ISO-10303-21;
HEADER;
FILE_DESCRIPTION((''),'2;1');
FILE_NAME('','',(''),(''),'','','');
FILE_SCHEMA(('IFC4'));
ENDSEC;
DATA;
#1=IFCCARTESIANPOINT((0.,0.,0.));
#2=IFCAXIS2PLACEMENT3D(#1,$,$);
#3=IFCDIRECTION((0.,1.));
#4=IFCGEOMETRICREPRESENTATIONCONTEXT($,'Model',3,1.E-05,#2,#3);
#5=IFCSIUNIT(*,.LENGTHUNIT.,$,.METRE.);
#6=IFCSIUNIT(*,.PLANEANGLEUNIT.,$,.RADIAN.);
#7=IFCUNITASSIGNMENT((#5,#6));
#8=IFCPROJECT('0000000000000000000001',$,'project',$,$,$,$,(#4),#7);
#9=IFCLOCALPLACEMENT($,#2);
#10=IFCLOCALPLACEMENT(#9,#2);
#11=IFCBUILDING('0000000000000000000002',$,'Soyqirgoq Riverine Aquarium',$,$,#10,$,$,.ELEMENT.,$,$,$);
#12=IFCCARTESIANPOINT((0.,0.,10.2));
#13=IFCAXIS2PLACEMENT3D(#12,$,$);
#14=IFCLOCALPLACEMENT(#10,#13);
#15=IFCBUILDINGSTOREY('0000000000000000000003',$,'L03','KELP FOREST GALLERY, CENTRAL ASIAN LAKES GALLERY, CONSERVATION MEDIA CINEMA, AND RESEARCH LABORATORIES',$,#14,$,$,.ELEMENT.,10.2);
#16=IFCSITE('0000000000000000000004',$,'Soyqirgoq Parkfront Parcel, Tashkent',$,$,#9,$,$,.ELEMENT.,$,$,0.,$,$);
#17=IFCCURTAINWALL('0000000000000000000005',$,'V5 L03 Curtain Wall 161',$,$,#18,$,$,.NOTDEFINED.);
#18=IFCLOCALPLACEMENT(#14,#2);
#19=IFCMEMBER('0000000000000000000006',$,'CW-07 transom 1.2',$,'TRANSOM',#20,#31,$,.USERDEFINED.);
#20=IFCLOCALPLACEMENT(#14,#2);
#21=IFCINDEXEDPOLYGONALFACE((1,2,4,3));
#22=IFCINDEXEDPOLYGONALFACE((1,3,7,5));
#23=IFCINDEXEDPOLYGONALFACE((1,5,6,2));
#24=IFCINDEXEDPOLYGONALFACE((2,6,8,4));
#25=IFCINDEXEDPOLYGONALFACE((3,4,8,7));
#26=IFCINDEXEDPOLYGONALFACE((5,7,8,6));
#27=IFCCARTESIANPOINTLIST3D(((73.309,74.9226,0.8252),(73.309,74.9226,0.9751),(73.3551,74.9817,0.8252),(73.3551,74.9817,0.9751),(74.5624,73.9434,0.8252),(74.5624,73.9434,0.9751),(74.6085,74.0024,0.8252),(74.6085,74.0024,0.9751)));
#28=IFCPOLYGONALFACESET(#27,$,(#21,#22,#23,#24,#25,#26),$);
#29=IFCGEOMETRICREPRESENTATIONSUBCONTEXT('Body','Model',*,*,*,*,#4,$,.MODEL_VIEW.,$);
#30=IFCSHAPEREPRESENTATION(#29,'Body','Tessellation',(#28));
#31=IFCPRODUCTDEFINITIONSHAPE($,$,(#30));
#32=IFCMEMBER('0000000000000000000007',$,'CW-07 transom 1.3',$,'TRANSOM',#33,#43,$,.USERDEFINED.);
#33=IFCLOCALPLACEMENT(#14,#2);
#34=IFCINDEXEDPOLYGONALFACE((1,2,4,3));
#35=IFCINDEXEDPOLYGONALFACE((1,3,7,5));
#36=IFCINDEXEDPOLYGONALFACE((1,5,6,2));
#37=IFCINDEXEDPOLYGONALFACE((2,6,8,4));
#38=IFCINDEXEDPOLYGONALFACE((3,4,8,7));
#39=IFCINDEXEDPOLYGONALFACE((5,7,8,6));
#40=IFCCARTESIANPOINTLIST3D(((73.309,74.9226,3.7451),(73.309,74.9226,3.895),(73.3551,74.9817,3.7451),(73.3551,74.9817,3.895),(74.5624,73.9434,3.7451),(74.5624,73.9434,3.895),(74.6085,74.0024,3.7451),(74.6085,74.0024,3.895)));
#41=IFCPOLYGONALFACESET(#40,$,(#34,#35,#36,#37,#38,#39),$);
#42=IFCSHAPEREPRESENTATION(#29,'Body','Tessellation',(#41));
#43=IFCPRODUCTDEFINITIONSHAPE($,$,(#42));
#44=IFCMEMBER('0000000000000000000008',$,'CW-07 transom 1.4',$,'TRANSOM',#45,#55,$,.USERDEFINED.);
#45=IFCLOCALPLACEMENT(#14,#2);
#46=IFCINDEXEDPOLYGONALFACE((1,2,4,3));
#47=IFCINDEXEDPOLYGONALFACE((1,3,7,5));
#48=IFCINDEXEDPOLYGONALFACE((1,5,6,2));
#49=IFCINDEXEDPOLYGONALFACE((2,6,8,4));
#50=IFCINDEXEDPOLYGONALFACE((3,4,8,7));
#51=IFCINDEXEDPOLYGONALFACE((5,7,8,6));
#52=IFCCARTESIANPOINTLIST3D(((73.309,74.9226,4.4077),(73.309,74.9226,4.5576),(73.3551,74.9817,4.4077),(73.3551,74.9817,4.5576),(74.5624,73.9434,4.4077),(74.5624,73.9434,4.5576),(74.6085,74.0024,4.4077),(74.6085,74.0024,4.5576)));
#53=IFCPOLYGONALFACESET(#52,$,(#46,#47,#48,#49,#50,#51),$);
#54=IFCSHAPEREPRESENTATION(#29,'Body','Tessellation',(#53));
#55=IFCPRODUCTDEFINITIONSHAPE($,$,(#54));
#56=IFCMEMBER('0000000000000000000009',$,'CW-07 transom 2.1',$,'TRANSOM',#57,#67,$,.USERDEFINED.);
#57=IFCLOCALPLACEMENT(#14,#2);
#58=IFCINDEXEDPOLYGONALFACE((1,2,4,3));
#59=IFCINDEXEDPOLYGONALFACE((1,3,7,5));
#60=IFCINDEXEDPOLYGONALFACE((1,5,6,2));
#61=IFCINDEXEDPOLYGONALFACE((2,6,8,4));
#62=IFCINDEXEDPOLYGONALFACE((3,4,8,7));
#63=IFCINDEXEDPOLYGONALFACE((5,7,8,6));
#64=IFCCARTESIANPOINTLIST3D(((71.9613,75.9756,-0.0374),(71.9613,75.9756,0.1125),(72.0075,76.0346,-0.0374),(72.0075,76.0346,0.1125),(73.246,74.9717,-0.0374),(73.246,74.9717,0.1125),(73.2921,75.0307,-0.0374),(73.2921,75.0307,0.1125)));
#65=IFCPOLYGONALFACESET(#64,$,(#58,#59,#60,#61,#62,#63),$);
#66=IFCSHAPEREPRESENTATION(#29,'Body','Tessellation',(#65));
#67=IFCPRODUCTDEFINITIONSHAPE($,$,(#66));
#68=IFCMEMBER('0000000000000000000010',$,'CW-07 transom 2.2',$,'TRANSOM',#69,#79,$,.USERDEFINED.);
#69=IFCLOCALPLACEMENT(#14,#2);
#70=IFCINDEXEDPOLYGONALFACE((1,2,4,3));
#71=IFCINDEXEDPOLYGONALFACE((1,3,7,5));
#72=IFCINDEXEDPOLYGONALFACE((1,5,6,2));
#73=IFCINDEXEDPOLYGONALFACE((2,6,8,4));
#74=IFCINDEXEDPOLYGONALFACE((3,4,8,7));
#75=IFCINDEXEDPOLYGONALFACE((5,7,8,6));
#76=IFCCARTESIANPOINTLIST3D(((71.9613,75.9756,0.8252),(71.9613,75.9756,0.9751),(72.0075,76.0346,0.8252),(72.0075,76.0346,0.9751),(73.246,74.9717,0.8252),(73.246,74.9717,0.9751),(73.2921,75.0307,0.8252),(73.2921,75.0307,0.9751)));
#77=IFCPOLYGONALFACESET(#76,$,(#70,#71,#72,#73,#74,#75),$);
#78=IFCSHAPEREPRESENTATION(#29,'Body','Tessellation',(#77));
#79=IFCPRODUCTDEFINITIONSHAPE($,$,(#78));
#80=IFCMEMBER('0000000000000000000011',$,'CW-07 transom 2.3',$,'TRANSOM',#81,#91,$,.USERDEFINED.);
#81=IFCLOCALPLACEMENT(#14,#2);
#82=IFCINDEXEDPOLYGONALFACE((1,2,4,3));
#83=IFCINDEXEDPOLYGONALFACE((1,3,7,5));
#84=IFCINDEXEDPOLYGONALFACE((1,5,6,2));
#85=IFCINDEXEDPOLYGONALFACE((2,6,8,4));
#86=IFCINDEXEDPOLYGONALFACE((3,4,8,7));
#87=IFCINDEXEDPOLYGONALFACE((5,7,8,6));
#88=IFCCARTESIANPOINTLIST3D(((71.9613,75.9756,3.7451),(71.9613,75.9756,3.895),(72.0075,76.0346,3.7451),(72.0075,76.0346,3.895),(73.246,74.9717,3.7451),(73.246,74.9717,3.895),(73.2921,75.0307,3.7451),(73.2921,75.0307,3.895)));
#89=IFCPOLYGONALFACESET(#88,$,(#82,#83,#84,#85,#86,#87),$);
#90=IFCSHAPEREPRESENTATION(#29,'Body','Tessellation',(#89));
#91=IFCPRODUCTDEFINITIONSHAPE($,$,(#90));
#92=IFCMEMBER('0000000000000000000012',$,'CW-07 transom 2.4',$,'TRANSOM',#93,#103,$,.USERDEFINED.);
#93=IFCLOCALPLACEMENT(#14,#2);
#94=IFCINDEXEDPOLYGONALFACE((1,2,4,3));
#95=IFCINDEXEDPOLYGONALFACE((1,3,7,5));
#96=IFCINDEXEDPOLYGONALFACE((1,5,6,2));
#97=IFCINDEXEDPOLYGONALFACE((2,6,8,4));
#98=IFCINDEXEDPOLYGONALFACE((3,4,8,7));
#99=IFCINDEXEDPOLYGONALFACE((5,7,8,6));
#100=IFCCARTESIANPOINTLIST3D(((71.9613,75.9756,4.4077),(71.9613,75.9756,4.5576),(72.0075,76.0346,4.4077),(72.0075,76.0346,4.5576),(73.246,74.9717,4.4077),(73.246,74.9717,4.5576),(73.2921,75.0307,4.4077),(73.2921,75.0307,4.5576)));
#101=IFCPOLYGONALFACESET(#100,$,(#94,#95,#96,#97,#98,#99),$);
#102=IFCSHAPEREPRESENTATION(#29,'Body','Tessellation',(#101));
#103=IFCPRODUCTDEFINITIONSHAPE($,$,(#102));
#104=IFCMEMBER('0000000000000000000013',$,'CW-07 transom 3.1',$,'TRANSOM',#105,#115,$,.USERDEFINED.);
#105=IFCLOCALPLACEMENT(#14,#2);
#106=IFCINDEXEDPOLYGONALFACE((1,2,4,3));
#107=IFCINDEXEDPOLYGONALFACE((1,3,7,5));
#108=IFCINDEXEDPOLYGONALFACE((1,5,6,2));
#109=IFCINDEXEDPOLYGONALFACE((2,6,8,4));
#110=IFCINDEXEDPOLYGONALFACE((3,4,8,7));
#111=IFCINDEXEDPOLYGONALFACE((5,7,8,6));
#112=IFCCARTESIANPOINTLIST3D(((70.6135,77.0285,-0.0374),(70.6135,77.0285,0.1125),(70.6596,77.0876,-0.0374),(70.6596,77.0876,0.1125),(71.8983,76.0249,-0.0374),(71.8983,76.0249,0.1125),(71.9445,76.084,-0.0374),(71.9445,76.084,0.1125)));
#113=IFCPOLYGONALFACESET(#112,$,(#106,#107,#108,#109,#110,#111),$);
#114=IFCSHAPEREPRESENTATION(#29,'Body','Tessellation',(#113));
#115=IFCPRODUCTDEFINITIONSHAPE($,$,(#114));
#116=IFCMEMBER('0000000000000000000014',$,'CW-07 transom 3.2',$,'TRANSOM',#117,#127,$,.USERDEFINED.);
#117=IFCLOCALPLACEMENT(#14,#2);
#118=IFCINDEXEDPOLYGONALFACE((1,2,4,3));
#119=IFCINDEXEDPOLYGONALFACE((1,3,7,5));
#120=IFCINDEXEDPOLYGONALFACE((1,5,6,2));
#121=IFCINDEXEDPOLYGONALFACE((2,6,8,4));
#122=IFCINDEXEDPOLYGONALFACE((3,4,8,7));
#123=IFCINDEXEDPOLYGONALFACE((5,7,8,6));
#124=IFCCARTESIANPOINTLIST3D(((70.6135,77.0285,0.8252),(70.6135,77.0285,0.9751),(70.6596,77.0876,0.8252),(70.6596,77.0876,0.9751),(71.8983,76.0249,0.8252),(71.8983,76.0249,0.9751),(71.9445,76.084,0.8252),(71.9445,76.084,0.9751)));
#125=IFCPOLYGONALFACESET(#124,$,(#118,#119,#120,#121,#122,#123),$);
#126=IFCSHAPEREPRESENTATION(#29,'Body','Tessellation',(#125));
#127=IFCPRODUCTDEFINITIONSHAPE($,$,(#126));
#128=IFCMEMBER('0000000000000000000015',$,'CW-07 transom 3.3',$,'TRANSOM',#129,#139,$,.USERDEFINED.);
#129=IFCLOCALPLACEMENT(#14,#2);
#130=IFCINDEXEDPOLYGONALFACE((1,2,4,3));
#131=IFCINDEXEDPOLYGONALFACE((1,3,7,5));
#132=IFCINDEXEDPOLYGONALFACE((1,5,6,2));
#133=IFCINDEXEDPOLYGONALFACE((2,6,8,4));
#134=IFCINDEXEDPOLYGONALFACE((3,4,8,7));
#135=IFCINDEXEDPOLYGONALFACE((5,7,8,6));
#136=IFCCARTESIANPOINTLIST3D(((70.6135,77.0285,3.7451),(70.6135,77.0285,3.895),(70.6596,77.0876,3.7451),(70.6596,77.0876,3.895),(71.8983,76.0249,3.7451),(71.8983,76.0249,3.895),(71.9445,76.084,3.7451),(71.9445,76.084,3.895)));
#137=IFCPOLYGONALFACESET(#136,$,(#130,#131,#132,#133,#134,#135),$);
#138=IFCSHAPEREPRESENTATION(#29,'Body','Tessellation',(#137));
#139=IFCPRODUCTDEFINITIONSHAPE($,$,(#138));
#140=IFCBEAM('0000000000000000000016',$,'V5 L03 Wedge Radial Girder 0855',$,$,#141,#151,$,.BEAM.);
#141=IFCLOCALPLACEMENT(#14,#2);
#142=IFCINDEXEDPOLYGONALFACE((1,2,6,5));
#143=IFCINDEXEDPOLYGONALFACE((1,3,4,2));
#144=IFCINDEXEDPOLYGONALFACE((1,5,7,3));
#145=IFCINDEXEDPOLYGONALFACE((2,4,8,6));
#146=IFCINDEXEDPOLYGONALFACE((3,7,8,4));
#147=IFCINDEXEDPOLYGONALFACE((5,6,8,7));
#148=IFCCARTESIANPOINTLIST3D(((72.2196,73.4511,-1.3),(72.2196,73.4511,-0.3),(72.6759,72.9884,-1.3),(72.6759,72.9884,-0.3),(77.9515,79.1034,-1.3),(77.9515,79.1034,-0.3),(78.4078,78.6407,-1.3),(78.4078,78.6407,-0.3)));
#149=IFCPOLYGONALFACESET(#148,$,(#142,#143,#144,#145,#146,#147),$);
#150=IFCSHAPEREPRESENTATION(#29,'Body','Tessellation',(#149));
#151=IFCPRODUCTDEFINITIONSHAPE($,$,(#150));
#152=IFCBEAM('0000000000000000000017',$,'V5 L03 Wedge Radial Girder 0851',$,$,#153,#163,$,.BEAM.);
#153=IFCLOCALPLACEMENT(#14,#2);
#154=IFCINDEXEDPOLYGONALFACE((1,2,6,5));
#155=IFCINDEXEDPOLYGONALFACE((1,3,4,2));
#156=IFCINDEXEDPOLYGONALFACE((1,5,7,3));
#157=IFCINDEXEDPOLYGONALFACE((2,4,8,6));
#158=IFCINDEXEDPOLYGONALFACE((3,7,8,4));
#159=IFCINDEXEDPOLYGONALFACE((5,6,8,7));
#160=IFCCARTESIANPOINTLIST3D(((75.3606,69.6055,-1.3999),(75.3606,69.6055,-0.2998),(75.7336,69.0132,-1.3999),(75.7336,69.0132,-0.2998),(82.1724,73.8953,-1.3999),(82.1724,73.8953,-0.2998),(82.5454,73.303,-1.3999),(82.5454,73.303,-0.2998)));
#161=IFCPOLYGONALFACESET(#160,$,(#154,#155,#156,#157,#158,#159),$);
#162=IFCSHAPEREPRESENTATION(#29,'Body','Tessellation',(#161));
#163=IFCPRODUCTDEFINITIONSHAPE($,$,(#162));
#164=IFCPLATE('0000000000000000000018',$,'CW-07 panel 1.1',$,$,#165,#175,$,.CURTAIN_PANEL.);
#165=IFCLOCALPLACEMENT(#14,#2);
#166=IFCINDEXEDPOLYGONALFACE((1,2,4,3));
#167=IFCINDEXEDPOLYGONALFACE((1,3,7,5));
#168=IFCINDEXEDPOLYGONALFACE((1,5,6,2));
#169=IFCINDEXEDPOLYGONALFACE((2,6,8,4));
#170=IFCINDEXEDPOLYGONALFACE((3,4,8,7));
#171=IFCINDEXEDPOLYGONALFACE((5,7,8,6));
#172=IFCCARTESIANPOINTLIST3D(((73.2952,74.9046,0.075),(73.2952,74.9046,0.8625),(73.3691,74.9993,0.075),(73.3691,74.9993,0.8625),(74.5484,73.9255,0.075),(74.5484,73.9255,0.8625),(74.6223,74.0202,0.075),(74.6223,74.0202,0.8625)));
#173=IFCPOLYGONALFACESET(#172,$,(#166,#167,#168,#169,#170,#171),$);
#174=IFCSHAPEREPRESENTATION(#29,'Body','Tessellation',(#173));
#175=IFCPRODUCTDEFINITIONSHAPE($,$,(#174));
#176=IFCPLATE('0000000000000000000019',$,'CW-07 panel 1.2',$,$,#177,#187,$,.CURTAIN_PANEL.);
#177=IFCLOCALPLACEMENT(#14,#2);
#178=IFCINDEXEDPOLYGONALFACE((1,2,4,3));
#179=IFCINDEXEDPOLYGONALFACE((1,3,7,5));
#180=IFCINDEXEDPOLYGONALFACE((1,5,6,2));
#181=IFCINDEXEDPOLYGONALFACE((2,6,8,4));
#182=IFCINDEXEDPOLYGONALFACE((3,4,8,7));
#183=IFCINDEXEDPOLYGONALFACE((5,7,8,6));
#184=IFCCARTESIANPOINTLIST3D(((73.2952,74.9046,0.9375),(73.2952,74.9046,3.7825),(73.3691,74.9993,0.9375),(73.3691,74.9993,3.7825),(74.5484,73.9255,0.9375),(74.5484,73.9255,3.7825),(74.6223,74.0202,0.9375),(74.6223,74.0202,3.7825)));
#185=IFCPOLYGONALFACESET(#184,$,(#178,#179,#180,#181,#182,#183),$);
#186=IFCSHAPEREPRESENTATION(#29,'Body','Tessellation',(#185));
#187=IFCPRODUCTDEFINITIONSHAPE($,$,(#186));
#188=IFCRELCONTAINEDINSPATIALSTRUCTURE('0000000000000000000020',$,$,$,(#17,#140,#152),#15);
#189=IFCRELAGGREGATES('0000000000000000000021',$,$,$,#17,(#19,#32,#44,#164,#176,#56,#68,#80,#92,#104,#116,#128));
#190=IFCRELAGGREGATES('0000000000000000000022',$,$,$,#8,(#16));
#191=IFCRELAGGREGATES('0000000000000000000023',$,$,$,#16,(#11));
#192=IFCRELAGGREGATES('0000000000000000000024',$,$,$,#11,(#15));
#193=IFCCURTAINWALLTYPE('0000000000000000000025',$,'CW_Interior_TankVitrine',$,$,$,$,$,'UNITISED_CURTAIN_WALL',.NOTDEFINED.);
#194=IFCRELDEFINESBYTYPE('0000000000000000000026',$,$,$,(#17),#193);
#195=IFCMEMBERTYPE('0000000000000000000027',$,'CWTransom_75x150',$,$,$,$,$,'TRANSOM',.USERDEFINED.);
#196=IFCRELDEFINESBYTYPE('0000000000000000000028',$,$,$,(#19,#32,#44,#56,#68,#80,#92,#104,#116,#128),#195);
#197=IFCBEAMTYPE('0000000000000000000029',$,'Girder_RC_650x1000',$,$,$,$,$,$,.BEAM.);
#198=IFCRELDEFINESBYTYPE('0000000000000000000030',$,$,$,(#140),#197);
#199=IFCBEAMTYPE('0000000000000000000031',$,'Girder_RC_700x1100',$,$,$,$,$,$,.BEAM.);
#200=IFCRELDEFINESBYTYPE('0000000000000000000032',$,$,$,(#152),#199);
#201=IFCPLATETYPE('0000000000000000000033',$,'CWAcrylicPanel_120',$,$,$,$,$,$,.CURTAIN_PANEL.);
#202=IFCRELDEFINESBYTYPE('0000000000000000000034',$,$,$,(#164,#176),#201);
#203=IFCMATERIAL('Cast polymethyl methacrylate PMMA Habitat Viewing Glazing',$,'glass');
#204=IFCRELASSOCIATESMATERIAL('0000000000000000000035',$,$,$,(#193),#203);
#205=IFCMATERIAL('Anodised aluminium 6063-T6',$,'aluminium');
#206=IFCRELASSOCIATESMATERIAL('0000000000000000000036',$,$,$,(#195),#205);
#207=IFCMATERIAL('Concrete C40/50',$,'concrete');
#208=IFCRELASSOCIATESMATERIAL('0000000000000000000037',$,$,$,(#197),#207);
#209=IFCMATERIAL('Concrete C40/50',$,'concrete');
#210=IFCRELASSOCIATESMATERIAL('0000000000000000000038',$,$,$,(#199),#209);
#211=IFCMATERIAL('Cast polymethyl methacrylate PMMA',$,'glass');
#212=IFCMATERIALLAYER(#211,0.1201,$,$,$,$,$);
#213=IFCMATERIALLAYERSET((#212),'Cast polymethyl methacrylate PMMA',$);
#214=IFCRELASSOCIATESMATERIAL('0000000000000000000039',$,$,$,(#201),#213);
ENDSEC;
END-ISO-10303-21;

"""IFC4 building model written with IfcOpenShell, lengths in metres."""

from ifc_helpers import new_model, si_unit, direction, frame, origin, origin_2d, place, context, subcontext, project, spatial, rectangle, extrude, material, layer, layer_set, material_profile, profile_set, type_object, element, aggregate, save


model = new_model("IFC4")

# Units and contexts
model_context = context("Model", 3, precision=1e-05, world=origin(), true_north=direction((0.0, 1.0)))
body_context = subcontext(model_context, "Body", "Model", "MODEL_VIEW")
ifc_project = project(units=[si_unit("LENGTHUNIT", "METRE"), si_unit("PLANEANGLEUNIT", "RADIAN")], contexts=[model_context])

# Site, building, storey
site_placement = place(None, origin())
site = spatial("IfcSite", under=ifc_project, at=site_placement, Name="Soyqirgoq Parkfront Parcel, Tashkent", CompositionType="ELEMENT", RefElevation=0.0)
building_placement = place(site_placement, origin())
building = spatial("IfcBuilding", under=site, at=building_placement, Name="Soyqirgoq Riverine Aquarium", CompositionType="ELEMENT")
storey_placement = place(building_placement, frame((0.0, 0.0, 10.2)))
storey = spatial("IfcBuildingStorey", under=building, at=storey_placement, Name="L03", Description="KELP FOREST GALLERY, CENTRAL ASIAN LAKES GALLERY, CONSERVATION MEDIA CINEMA, AND RESEARCH LABORATORIES", CompositionType="ELEMENT", Elevation=10.2)

# Curtain wall, members
ifc_material_1 = material(Name="Cast polymethyl methacrylate PMMA Habitat Viewing Glazing", Category="glass")
curtain_wall_type_1 = type_object("IfcCurtainWallType", Name="CW_Interior_TankVitrine", ElementType="UNITISED_CURTAIN_WALL", PredefinedType="NOTDEFINED", material=ifc_material_1)
curtain_wall_1_placement = place(storey_placement, origin())
curtain_wall_1 = element("IfcCurtainWall", 1, at=curtain_wall_1_placement, inside=storey, type_object=curtain_wall_type_1, Name="V5 L03 Curtain Wall 161", PredefinedType="NOTDEFINED")
ifc_material_2 = material(Name="Anodised aluminium 6063-T6", Category="aluminium")
ifc_material_profile_1 = material_profile(ifc_material_2, rectangle(XDim=0.075, YDim=0.1499, at=origin_2d()), Name="ALU-T 75x150")
ifc_profile_set_1 = profile_set([ifc_material_profile_1], Name="Anodised aluminium 6063-T6")
member_type_1 = type_object("IfcMemberType", Name="CWTransom_75x150", ElementType="TRANSOM", PredefinedType="USERDEFINED", material=ifc_profile_set_1)
member_1_placement = place(storey_placement, frame((74.5854, 73.9729, 0.9001), z_axis=(-0.78802, 0.61565, 0.0), x_axis=(-0.61565, -0.78802, 0.0)))
member_1 = element("IfcMember", 2, at=member_1_placement, type_object=member_type_1, Name="CW-07 transom 1.2", ObjectType="TRANSOM", PredefinedType="USERDEFINED", context=body_context, shape_type="SweptSolid", body=[
    extrude(rectangle(XDim=0.075, YDim=0.1499, at=origin_2d()), origin(), (0.0, 0.0, 1.0), 1.5906),
])
member_2_placement = place(storey_placement, frame((74.5854, 73.9729, 3.8201), z_axis=(-0.78802, 0.61565, 0.0), x_axis=(-0.61565, -0.78802, 0.0)))
member_2 = element("IfcMember", 3, at=member_2_placement, type_object=member_type_1, Name="CW-07 transom 1.3", ObjectType="TRANSOM", PredefinedType="USERDEFINED", context=body_context, shape_type="SweptSolid", body=[
    extrude(rectangle(XDim=0.075, YDim=0.1499, at=origin_2d()), origin(), (0.0, 0.0, 1.0), 1.5906),
])
member_3_placement = place(storey_placement, frame((74.5854, 73.9729, 4.4827), z_axis=(-0.78802, 0.61565, 0.0), x_axis=(-0.61565, -0.78802, 0.0)))
member_3 = element("IfcMember", 4, at=member_3_placement, type_object=member_type_1, Name="CW-07 transom 1.4", ObjectType="TRANSOM", PredefinedType="USERDEFINED", context=body_context, shape_type="SweptSolid", body=[
    extrude(rectangle(XDim=0.075, YDim=0.1499, at=origin_2d()), origin(), (0.0, 0.0, 1.0), 1.5906),
])
member_4_placement = place(storey_placement, frame((73.269, 75.0012, 0.0376), z_axis=(-0.787947, 0.615743, 0.0), x_axis=(-0.615743, -0.787947, 0.0)))
member_4 = element("IfcMember", 5, at=member_4_placement, type_object=member_type_1, Name="CW-07 transom 2.1", ObjectType="TRANSOM", PredefinedType="USERDEFINED", context=body_context, shape_type="SweptSolid", body=[
    extrude(rectangle(XDim=0.075, YDim=0.1499, at=origin_2d()), origin(), (0.0, 0.0, 1.0), 1.6304),
])
member_5_placement = place(storey_placement, frame((73.269, 75.0012, 0.9001), z_axis=(-0.787947, 0.615743, 0.0), x_axis=(-0.615743, -0.787947, 0.0)))
member_5 = element("IfcMember", 6, at=member_5_placement, type_object=member_type_1, Name="CW-07 transom 2.2", ObjectType="TRANSOM", PredefinedType="USERDEFINED", context=body_context, shape_type="SweptSolid", body=[
    extrude(rectangle(XDim=0.075, YDim=0.1499, at=origin_2d()), origin(), (0.0, 0.0, 1.0), 1.6304),
])
member_6_placement = place(storey_placement, frame((73.269, 75.0012, 3.8201), z_axis=(-0.787947, 0.615743, 0.0), x_axis=(-0.615743, -0.787947, 0.0)))
member_6 = element("IfcMember", 7, at=member_6_placement, type_object=member_type_1, Name="CW-07 transom 2.3", ObjectType="TRANSOM", PredefinedType="USERDEFINED", context=body_context, shape_type="SweptSolid", body=[
    extrude(rectangle(XDim=0.075, YDim=0.1499, at=origin_2d()), origin(), (0.0, 0.0, 1.0), 1.6304),
])
member_7_placement = place(storey_placement, frame((73.269, 75.0012, 4.4827), z_axis=(-0.787947, 0.615743, 0.0), x_axis=(-0.615743, -0.787947, 0.0)))
member_7 = element("IfcMember", 8, at=member_7_placement, type_object=member_type_1, Name="CW-07 transom 2.4", ObjectType="TRANSOM", PredefinedType="USERDEFINED", context=body_context, shape_type="SweptSolid", body=[
    extrude(rectangle(XDim=0.075, YDim=0.1499, at=origin_2d()), origin(), (0.0, 0.0, 1.0), 1.6304),
])
member_8_placement = place(storey_placement, frame((71.9214, 76.0544, 0.0376), z_axis=(-0.788077, 0.615577, 0.0), x_axis=(-0.615577, -0.788077, 0.0)))
member_8 = element("IfcMember", 9, at=member_8_placement, type_object=member_type_1, Name="CW-07 transom 3.1", ObjectType="TRANSOM", PredefinedType="USERDEFINED", context=body_context, shape_type="SweptSolid", body=[
    extrude(rectangle(XDim=0.075, YDim=0.1499, at=origin_2d()), origin(), (0.0, 0.0, 1.0), 1.6304),
])
member_9_placement = place(storey_placement, frame((71.9214, 76.0544, 0.9001), z_axis=(-0.788077, 0.615577, 0.0), x_axis=(-0.615577, -0.788077, 0.0)))
member_9 = element("IfcMember", 10, at=member_9_placement, type_object=member_type_1, Name="CW-07 transom 3.2", ObjectType="TRANSOM", PredefinedType="USERDEFINED", context=body_context, shape_type="SweptSolid", body=[
    extrude(rectangle(XDim=0.075, YDim=0.1499, at=origin_2d()), origin(), (0.0, 0.0, 1.0), 1.6304),
])
member_10_placement = place(storey_placement, frame((71.9214, 76.0544, 3.8201), z_axis=(-0.788077, 0.615577, 0.0), x_axis=(-0.615577, -0.788077, 0.0)))
member_10 = element("IfcMember", 11, at=member_10_placement, type_object=member_type_1, Name="CW-07 transom 3.3", ObjectType="TRANSOM", PredefinedType="USERDEFINED", context=body_context, shape_type="SweptSolid", body=[
    extrude(rectangle(XDim=0.075, YDim=0.1499, at=origin_2d()), origin(), (0.0, 0.0, 1.0), 1.6304),
])

# Beams
ifc_material_3 = material(Name="Concrete C40/50", Category="concrete")
ifc_material_profile_2 = material_profile(ifc_material_3, rectangle(XDim=0.6499, YDim=1.0, at=origin_2d()), Name="RC 650x1000")
ifc_profile_set_2 = profile_set([ifc_material_profile_2], Name="Concrete C40/50")
beam_type_1 = type_object("IfcBeamType", Name="Girder_RC_650x1000", PredefinedType="BEAM", material=ifc_profile_set_2)
beam_1_placement = place(storey_placement, frame((72.4478, 73.2197, -0.8), z_axis=(0.712033, 0.702146, 0.0), x_axis=(-0.702146, 0.712033, 0.0)))
element("IfcBeam", 12, at=beam_1_placement, inside=storey, type_object=beam_type_1, Name="V5 L03 Wedge Radial Girder 0855", PredefinedType="BEAM", context=body_context, shape_type="SweptSolid", body=[
    extrude(rectangle(XDim=0.6499, YDim=1.0, at=origin_2d()), origin(), (0.0, 0.0, 1.0), 8.05),
])
ifc_material_4 = material(Name="Concrete C40/50", Category="concrete")
ifc_material_profile_3 = material_profile(ifc_material_4, rectangle(XDim=0.7, YDim=1.1001, at=origin_2d()), Name="RC 700x1100")
ifc_profile_set_3 = profile_set([ifc_material_profile_3], Name="Concrete C40/50")
beam_type_2 = type_object("IfcBeamType", Name="Girder_RC_700x1100", PredefinedType="BEAM", material=ifc_profile_set_3)
beam_2_placement = place(storey_placement, frame((75.5471, 69.3093, -0.8499), z_axis=(0.846182, 0.532894, 0.0), x_axis=(-0.532894, 0.846182, 0.0)))
element("IfcBeam", 13, at=beam_2_placement, inside=storey, type_object=beam_type_2, Name="V5 L03 Wedge Radial Girder 0851", PredefinedType="BEAM", context=body_context, shape_type="SweptSolid", body=[
    extrude(rectangle(XDim=0.7, YDim=1.1001, at=origin_2d()), origin(), (0.0, 0.0, 1.0), 8.05),
])

# Plates
ifc_material_5 = material(Name="Cast polymethyl methacrylate PMMA", Category="glass")
ifc_layer_1 = layer(ifc_material_5, 0.1201)
ifc_layer_set_1 = layer_set([ifc_layer_1], Name="Cast polymethyl methacrylate PMMA")
plate_type_1 = type_object("IfcPlateType", Name="CWAcrylicPanel_120", PredefinedType="CURTAIN_PANEL", material=ifc_layer_set_1)
plate_1_placement = place(storey_placement, frame((73.9587, 74.4624, 0.075), z_axis=(0.0, 0.0, 1.0), x_axis=(-0.788011, 0.615661, 0.0)))
plate_1 = element("IfcPlate", 14, at=plate_1_placement, type_object=plate_type_1, Name="CW-07 panel 1.1", PredefinedType="CURTAIN_PANEL", context=body_context, shape_type="SweptSolid", body=[
    extrude(rectangle(XDim=1.5903, YDim=0.1201, at=origin_2d()), origin(), (0.0, 0.0, 1.0), 0.7876),
])
plate_2_placement = place(storey_placement, frame((73.9587, 74.4624, 0.9375), z_axis=(0.0, 0.0, 1.0), x_axis=(-0.788011, 0.615661, 0.0)))
plate_2 = element("IfcPlate", 15, at=plate_2_placement, type_object=plate_type_1, Name="CW-07 panel 1.2", PredefinedType="CURTAIN_PANEL", context=body_context, shape_type="SweptSolid", body=[
    extrude(rectangle(XDim=1.5903, YDim=0.1201, at=origin_2d()), origin(), (0.0, 0.0, 1.0), 2.845),
])
aggregate(curtain_wall_1, [member_1, member_2, member_3, plate_1, plate_2, member_4, member_5, member_6, member_7, member_8, member_9, member_10])

save(model, "model.ifc")
